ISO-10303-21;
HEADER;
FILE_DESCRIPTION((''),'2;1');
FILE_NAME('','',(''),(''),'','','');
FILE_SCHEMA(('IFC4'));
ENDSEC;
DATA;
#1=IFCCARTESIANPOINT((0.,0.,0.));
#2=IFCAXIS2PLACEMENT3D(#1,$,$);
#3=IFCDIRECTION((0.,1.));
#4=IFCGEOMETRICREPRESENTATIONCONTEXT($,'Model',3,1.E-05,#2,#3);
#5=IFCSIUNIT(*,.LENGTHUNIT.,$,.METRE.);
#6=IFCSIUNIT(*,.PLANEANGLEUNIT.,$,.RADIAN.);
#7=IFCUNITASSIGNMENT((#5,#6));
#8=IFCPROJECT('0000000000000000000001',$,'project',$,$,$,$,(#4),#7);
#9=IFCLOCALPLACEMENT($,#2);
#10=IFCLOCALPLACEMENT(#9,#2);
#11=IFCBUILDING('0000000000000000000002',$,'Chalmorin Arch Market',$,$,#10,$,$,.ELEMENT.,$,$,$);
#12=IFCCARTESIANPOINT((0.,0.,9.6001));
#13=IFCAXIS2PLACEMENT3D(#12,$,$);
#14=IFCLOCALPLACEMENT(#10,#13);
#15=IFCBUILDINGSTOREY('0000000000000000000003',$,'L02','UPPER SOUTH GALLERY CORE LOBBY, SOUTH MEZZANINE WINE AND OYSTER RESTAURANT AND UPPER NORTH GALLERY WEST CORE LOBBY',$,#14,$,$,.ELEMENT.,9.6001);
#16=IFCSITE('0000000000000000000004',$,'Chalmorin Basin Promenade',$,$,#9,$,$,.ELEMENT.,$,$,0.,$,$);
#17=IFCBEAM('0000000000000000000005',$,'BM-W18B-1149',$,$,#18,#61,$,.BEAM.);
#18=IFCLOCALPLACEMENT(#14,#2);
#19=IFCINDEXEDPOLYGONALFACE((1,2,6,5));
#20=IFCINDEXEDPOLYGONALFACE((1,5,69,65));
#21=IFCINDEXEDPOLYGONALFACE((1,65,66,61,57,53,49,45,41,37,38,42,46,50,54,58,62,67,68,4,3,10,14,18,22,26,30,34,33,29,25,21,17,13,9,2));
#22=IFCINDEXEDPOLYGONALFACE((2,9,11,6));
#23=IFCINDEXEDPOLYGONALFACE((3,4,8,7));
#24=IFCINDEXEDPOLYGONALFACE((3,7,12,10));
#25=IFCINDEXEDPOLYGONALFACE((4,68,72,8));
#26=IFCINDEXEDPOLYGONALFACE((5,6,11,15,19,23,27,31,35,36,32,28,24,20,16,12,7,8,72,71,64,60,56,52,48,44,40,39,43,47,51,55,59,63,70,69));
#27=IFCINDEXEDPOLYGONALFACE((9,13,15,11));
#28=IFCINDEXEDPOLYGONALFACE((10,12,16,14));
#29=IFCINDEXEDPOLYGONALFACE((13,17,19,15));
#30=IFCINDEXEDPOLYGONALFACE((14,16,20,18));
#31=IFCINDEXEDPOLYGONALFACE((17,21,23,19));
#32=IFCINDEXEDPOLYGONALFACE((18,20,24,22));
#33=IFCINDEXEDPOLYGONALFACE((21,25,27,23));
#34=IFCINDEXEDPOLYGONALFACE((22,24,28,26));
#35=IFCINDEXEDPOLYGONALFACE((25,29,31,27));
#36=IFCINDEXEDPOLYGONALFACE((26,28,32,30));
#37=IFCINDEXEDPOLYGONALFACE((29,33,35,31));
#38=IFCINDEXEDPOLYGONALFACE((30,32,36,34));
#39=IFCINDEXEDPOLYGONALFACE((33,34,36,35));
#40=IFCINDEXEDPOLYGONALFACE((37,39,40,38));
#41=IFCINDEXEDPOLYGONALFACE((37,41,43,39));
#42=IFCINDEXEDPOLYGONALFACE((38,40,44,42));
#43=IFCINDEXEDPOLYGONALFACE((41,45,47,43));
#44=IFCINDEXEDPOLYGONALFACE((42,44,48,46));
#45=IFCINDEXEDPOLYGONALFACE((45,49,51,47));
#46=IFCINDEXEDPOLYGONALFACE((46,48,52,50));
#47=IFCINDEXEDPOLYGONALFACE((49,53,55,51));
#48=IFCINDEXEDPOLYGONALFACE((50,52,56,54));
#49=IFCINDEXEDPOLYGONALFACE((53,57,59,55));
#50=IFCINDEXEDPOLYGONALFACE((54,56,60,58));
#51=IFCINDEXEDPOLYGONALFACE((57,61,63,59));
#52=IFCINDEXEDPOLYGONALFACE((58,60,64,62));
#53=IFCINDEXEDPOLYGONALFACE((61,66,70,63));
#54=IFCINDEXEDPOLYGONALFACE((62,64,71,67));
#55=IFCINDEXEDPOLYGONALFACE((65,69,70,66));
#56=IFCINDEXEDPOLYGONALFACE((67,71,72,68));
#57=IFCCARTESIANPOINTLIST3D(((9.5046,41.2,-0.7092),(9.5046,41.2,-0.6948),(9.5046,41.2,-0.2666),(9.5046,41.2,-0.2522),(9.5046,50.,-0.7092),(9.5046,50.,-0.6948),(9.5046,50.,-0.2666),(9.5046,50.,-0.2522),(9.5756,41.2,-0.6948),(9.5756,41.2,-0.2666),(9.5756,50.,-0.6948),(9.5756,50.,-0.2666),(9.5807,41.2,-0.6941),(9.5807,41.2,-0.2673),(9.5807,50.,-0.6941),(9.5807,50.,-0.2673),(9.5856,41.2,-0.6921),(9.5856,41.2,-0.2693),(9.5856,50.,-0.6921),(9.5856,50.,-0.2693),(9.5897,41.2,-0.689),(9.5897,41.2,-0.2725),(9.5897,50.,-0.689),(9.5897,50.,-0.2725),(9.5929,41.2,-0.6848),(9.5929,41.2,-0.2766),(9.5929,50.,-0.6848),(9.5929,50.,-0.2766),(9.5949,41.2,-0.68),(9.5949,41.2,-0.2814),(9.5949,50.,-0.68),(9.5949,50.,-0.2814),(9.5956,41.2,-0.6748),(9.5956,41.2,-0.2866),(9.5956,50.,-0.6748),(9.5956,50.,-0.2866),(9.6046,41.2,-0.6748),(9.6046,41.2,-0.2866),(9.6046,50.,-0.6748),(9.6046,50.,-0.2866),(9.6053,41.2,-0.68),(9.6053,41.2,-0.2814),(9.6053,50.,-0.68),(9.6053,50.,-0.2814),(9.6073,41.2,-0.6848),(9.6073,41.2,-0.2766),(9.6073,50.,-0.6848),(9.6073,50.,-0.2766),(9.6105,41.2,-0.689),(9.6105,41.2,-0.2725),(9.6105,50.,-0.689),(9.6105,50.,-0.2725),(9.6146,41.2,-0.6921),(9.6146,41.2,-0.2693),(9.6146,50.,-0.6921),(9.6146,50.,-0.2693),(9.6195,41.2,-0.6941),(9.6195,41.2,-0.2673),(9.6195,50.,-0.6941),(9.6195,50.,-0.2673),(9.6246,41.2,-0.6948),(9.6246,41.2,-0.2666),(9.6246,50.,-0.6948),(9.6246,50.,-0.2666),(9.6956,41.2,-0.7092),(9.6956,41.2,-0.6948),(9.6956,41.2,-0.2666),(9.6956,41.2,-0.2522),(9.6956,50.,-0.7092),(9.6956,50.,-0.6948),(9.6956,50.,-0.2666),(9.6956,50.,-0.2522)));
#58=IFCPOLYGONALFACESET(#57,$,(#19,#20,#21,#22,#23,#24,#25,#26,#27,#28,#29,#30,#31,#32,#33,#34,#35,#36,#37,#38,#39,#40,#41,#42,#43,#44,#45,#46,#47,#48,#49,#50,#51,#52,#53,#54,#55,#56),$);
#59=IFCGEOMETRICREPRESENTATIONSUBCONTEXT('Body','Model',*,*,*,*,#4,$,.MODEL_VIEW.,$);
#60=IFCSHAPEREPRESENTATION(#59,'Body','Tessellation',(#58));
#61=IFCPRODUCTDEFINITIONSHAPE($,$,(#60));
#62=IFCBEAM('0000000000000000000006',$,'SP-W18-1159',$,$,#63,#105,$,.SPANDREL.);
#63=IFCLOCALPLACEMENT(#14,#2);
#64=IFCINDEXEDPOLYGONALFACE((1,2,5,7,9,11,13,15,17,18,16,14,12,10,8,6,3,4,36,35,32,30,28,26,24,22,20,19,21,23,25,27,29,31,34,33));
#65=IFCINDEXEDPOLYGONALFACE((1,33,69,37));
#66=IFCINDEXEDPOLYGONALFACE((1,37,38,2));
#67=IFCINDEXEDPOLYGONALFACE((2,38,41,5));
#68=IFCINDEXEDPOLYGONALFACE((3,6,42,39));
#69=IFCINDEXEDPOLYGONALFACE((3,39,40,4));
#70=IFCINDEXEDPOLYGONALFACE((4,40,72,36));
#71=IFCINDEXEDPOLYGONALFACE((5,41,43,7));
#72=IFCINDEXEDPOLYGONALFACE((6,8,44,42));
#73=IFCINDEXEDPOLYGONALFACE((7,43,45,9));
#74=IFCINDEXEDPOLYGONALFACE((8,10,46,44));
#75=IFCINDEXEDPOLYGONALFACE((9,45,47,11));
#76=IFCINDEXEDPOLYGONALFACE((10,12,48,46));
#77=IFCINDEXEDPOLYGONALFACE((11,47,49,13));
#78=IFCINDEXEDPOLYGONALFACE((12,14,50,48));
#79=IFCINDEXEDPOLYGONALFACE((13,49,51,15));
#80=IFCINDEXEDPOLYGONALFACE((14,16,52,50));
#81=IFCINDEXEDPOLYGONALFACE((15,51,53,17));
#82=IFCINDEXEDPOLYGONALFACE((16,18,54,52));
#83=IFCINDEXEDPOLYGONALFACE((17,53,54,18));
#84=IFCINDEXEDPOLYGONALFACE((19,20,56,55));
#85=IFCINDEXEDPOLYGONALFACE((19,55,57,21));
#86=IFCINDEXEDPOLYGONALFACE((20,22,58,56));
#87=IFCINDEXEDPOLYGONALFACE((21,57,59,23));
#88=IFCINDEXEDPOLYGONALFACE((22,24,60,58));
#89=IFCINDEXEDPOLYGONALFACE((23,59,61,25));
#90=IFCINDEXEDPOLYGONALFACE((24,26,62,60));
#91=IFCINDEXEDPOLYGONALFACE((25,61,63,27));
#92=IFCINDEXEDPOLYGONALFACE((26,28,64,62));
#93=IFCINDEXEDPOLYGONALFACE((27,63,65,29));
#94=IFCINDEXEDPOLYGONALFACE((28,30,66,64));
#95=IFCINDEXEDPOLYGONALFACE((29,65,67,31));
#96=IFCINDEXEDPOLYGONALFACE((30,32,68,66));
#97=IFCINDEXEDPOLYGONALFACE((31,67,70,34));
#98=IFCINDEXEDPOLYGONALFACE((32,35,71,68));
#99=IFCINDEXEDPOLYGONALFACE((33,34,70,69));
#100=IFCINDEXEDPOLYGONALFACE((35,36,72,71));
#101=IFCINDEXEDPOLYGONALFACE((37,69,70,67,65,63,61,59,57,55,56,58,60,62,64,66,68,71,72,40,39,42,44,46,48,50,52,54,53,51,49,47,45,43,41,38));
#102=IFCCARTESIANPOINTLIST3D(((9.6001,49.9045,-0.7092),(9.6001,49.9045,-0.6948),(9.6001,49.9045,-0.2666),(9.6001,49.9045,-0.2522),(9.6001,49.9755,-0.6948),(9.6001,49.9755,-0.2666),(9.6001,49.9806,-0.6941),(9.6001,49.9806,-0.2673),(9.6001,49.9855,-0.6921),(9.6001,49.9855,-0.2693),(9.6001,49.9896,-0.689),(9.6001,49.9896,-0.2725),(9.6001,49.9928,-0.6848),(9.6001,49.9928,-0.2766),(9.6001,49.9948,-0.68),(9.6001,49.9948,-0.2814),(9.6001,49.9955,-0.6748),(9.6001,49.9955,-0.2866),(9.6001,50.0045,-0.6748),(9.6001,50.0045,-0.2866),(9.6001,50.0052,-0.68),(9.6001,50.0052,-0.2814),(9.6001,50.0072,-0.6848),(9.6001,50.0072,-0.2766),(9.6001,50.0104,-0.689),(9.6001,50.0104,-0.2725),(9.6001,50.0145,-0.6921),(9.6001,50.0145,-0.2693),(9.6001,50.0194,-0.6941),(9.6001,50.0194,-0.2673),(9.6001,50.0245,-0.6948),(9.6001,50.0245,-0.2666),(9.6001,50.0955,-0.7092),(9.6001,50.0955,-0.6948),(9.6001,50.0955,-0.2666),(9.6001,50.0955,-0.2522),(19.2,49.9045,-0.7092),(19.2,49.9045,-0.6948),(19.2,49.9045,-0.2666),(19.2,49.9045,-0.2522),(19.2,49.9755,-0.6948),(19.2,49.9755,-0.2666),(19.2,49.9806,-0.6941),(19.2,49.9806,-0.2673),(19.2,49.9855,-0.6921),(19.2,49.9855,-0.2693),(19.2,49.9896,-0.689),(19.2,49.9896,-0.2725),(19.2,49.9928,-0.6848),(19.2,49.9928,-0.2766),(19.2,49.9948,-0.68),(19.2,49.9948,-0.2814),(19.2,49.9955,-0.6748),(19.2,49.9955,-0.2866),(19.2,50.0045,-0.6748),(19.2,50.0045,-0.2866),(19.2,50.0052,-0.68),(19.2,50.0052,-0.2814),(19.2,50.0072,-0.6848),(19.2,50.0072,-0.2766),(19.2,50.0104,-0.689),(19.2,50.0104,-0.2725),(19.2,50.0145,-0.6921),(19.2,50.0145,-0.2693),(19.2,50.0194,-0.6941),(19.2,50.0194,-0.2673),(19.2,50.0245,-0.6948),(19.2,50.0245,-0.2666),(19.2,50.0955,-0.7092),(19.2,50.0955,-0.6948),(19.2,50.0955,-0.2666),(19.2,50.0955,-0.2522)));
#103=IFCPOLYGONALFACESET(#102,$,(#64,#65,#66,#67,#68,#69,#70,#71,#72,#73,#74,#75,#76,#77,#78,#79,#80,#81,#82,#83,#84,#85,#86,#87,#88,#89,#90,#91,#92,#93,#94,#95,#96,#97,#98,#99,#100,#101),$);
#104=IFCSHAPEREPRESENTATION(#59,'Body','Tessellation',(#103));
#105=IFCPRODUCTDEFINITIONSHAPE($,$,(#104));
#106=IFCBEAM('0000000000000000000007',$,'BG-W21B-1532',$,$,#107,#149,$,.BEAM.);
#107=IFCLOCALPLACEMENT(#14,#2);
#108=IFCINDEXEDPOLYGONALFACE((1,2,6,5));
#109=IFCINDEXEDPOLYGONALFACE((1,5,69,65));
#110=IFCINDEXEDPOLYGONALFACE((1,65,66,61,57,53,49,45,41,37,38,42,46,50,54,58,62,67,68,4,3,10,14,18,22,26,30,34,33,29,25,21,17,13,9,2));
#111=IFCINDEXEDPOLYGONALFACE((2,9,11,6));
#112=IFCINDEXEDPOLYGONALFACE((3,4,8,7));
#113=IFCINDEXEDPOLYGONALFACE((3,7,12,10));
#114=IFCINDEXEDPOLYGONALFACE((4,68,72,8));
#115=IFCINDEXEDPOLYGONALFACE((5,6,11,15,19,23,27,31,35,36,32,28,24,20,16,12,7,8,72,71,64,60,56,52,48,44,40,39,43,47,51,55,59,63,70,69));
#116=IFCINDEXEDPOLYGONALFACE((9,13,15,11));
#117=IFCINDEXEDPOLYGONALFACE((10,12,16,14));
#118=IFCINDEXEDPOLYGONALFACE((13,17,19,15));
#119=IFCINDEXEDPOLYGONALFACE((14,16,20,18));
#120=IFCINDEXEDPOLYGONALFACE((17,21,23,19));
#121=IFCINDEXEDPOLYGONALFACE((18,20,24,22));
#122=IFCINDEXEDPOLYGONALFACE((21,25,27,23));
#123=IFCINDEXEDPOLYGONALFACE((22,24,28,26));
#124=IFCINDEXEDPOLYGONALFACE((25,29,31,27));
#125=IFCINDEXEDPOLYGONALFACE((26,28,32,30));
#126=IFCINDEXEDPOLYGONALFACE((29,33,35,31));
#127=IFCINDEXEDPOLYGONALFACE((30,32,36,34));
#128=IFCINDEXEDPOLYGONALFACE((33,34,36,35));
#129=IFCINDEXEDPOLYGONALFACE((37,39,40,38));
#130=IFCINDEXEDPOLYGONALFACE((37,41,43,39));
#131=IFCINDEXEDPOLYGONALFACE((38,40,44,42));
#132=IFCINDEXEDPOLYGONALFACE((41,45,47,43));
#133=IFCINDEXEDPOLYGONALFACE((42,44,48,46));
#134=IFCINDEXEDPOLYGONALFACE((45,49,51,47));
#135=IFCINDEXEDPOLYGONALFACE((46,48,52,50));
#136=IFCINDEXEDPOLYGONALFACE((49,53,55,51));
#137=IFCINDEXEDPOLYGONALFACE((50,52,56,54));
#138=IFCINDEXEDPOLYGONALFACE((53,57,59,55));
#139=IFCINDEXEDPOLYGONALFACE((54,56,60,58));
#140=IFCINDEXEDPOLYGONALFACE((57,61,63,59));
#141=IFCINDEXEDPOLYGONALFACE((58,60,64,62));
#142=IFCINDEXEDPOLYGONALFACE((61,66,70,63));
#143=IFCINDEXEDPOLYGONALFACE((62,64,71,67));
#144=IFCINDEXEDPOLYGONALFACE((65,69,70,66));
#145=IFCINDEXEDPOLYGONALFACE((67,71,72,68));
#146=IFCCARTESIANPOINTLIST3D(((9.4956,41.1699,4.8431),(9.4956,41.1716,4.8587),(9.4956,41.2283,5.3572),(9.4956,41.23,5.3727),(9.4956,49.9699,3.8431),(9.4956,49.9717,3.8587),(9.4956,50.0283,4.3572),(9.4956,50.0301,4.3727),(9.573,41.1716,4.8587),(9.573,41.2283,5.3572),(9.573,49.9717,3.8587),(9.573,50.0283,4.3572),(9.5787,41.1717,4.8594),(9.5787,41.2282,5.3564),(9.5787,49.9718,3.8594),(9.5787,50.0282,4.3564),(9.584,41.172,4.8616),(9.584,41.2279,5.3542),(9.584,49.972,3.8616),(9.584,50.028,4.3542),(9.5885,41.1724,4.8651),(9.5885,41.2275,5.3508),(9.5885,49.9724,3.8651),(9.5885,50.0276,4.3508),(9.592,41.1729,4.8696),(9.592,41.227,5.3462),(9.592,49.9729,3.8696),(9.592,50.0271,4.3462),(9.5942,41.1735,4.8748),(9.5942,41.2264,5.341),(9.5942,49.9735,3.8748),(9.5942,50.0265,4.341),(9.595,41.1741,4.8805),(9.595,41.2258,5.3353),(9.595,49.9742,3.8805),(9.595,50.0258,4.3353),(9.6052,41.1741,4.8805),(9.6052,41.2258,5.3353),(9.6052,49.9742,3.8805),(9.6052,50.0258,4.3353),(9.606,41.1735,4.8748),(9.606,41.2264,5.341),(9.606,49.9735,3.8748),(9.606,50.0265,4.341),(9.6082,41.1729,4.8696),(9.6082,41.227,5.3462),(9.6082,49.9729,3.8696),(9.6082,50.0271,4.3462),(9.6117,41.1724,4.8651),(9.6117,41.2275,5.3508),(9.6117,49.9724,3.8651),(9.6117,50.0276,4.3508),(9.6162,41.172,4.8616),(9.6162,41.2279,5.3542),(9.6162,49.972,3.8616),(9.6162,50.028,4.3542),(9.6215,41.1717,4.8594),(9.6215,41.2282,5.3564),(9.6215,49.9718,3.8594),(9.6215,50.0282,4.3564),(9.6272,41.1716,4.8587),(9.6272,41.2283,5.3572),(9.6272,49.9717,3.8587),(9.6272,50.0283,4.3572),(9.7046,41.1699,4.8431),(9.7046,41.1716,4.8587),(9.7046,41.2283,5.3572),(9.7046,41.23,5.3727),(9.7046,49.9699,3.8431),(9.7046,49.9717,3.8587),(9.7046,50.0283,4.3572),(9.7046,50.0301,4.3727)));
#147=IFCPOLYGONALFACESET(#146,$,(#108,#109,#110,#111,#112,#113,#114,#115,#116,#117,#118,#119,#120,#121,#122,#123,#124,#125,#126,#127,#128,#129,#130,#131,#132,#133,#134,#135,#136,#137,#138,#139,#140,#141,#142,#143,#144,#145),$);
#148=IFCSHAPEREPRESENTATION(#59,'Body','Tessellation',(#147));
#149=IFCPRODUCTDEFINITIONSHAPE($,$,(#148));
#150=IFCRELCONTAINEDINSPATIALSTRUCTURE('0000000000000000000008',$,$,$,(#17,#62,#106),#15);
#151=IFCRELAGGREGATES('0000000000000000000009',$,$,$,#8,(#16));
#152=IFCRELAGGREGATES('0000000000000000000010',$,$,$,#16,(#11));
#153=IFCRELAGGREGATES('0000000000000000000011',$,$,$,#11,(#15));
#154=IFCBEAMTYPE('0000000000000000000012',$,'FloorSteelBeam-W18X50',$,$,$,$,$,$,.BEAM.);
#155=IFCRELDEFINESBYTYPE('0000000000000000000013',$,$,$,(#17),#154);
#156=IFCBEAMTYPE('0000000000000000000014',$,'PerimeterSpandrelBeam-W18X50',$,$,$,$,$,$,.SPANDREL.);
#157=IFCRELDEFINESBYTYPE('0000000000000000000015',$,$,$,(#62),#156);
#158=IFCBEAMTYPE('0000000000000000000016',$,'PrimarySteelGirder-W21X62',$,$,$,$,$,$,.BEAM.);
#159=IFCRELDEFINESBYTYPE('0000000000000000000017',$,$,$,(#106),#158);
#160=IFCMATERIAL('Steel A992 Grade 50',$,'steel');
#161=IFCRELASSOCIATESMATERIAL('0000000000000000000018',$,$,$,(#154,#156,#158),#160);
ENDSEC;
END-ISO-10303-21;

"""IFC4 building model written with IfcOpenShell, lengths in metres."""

from ifc_helpers import new_model, si_unit, direction, frame, origin, origin_2d, place, context, subcontext, project, spatial, i_section, extrude, material, material_profile, profile_set, type_object, element, save


model = new_model("IFC4")

# Units and contexts
model_context = context("Model", 3, precision=1e-05, world=origin(), true_north=direction((0.0, 1.0)))
body_context = subcontext(model_context, "Body", "Model", "MODEL_VIEW")
ifc_project = project(units=[si_unit("LENGTHUNIT", "METRE"), si_unit("PLANEANGLEUNIT", "RADIAN")], contexts=[model_context])

# Site, building, storey
site_placement = place(None, origin())
site = spatial("IfcSite", under=ifc_project, at=site_placement, Name="Chalmorin Basin Promenade", CompositionType="ELEMENT", RefElevation=0.0)
building_placement = place(site_placement, origin())
building = spatial("IfcBuilding", under=site, at=building_placement, Name="Chalmorin Arch Market", CompositionType="ELEMENT")
storey_placement = place(building_placement, frame((0.0, 0.0, 9.6001)))
storey = spatial("IfcBuildingStorey", under=building, at=storey_placement, Name="L02", Description="UPPER SOUTH GALLERY CORE LOBBY, SOUTH MEZZANINE WINE AND OYSTER RESTAURANT AND UPPER NORTH GALLERY WEST CORE LOBBY", CompositionType="ELEMENT", Elevation=9.6001)

# Shared definitions
ifc_material_1 = material(Name="Steel A992 Grade 50", Category="steel")

# Beams
ifc_material_profile_1 = material_profile(ifc_material_1, i_section(OverallWidth=0.1909, OverallDepth=0.457, WebThickness=0.009, FlangeThickness=0.0144, FilletRadius=0.02, at=origin_2d()), Name="W18X50")
ifc_profile_set_1 = profile_set([ifc_material_profile_1], Name="Steel A992 Grade 50")
beam_type_1 = type_object("IfcBeamType", Name="FloorSteelBeam-W18X50", PredefinedType="BEAM", material=ifc_profile_set_1)
beam_1_placement = place(storey_placement, frame((9.6001, 41.2, -0.4807), z_axis=(0.0, 1.0, 0.0), x_axis=(-1.0, 0.0, 0.0)))
element("IfcBeam", 1, at=beam_1_placement, inside=storey, type_object=beam_type_1, Name="BM-W18B-1149", PredefinedType="BEAM", context=body_context, shape_type="SweptSolid", body=[
    extrude(i_section(OverallWidth=0.1909, OverallDepth=0.457, WebThickness=0.009, FlangeThickness=0.0144, FilletRadius=0.02, at=origin_2d()), origin(), (0.0, 0.0, 1.0), 8.8),
])
ifc_material_profile_2 = material_profile(ifc_material_1, i_section(OverallWidth=0.1909, OverallDepth=0.457, WebThickness=0.009, FlangeThickness=0.0144, FilletRadius=0.02, at=origin_2d()), Name="W18X50")
ifc_profile_set_2 = profile_set([ifc_material_profile_2], Name="Steel A992 Grade 50")
beam_type_2 = type_object("IfcBeamType", Name="PerimeterSpandrelBeam-W18X50", PredefinedType="SPANDREL", material=ifc_profile_set_2)
beam_2_placement = place(storey_placement, frame((9.6001, 50.0, -0.4807), z_axis=(1.0, 0.0, 0.0), x_axis=(0.0, 1.0, 0.0)))
element("IfcBeam", 2, at=beam_2_placement, inside=storey, type_object=beam_type_2, Name="SP-W18-1159", PredefinedType="SPANDREL", context=body_context, shape_type="SweptSolid", body=[
    extrude(i_section(OverallWidth=0.1909, OverallDepth=0.457, WebThickness=0.009, FlangeThickness=0.0144, FilletRadius=0.02, at=origin_2d()), origin(), (0.0, 0.0, 1.0), 9.5999),
])
ifc_material_profile_3 = material_profile(ifc_material_1, i_section(OverallWidth=0.209, OverallDepth=0.533, WebThickness=0.0103, FlangeThickness=0.0156, FilletRadius=0.022, at=origin_2d()), Name="W21X62")
ifc_profile_set_3 = profile_set([ifc_material_profile_3], Name="Steel A992 Grade 50")
beam_type_3 = type_object("IfcBeamType", Name="PrimarySteelGirder-W21X62", PredefinedType="BEAM", material=ifc_profile_set_3)
beam_3_placement = place(storey_placement, frame((9.6001, 41.2, 5.1079), z_axis=(0.0, 0.993605, -0.112909), x_axis=(-1.0, 0.0, 0.0)))
element("IfcBeam", 3, at=beam_3_placement, inside=storey, type_object=beam_type_3, Name="BG-W21B-1532", PredefinedType="BEAM", context=body_context, shape_type="SweptSolid", body=[
    extrude(i_section(OverallWidth=0.209, OverallDepth=0.533, WebThickness=0.0103, FlangeThickness=0.0156, FilletRadius=0.022, at=origin_2d()), origin(), (0.0, 0.0, 1.0), 8.8567),
])

save(model, "model.ifc")
